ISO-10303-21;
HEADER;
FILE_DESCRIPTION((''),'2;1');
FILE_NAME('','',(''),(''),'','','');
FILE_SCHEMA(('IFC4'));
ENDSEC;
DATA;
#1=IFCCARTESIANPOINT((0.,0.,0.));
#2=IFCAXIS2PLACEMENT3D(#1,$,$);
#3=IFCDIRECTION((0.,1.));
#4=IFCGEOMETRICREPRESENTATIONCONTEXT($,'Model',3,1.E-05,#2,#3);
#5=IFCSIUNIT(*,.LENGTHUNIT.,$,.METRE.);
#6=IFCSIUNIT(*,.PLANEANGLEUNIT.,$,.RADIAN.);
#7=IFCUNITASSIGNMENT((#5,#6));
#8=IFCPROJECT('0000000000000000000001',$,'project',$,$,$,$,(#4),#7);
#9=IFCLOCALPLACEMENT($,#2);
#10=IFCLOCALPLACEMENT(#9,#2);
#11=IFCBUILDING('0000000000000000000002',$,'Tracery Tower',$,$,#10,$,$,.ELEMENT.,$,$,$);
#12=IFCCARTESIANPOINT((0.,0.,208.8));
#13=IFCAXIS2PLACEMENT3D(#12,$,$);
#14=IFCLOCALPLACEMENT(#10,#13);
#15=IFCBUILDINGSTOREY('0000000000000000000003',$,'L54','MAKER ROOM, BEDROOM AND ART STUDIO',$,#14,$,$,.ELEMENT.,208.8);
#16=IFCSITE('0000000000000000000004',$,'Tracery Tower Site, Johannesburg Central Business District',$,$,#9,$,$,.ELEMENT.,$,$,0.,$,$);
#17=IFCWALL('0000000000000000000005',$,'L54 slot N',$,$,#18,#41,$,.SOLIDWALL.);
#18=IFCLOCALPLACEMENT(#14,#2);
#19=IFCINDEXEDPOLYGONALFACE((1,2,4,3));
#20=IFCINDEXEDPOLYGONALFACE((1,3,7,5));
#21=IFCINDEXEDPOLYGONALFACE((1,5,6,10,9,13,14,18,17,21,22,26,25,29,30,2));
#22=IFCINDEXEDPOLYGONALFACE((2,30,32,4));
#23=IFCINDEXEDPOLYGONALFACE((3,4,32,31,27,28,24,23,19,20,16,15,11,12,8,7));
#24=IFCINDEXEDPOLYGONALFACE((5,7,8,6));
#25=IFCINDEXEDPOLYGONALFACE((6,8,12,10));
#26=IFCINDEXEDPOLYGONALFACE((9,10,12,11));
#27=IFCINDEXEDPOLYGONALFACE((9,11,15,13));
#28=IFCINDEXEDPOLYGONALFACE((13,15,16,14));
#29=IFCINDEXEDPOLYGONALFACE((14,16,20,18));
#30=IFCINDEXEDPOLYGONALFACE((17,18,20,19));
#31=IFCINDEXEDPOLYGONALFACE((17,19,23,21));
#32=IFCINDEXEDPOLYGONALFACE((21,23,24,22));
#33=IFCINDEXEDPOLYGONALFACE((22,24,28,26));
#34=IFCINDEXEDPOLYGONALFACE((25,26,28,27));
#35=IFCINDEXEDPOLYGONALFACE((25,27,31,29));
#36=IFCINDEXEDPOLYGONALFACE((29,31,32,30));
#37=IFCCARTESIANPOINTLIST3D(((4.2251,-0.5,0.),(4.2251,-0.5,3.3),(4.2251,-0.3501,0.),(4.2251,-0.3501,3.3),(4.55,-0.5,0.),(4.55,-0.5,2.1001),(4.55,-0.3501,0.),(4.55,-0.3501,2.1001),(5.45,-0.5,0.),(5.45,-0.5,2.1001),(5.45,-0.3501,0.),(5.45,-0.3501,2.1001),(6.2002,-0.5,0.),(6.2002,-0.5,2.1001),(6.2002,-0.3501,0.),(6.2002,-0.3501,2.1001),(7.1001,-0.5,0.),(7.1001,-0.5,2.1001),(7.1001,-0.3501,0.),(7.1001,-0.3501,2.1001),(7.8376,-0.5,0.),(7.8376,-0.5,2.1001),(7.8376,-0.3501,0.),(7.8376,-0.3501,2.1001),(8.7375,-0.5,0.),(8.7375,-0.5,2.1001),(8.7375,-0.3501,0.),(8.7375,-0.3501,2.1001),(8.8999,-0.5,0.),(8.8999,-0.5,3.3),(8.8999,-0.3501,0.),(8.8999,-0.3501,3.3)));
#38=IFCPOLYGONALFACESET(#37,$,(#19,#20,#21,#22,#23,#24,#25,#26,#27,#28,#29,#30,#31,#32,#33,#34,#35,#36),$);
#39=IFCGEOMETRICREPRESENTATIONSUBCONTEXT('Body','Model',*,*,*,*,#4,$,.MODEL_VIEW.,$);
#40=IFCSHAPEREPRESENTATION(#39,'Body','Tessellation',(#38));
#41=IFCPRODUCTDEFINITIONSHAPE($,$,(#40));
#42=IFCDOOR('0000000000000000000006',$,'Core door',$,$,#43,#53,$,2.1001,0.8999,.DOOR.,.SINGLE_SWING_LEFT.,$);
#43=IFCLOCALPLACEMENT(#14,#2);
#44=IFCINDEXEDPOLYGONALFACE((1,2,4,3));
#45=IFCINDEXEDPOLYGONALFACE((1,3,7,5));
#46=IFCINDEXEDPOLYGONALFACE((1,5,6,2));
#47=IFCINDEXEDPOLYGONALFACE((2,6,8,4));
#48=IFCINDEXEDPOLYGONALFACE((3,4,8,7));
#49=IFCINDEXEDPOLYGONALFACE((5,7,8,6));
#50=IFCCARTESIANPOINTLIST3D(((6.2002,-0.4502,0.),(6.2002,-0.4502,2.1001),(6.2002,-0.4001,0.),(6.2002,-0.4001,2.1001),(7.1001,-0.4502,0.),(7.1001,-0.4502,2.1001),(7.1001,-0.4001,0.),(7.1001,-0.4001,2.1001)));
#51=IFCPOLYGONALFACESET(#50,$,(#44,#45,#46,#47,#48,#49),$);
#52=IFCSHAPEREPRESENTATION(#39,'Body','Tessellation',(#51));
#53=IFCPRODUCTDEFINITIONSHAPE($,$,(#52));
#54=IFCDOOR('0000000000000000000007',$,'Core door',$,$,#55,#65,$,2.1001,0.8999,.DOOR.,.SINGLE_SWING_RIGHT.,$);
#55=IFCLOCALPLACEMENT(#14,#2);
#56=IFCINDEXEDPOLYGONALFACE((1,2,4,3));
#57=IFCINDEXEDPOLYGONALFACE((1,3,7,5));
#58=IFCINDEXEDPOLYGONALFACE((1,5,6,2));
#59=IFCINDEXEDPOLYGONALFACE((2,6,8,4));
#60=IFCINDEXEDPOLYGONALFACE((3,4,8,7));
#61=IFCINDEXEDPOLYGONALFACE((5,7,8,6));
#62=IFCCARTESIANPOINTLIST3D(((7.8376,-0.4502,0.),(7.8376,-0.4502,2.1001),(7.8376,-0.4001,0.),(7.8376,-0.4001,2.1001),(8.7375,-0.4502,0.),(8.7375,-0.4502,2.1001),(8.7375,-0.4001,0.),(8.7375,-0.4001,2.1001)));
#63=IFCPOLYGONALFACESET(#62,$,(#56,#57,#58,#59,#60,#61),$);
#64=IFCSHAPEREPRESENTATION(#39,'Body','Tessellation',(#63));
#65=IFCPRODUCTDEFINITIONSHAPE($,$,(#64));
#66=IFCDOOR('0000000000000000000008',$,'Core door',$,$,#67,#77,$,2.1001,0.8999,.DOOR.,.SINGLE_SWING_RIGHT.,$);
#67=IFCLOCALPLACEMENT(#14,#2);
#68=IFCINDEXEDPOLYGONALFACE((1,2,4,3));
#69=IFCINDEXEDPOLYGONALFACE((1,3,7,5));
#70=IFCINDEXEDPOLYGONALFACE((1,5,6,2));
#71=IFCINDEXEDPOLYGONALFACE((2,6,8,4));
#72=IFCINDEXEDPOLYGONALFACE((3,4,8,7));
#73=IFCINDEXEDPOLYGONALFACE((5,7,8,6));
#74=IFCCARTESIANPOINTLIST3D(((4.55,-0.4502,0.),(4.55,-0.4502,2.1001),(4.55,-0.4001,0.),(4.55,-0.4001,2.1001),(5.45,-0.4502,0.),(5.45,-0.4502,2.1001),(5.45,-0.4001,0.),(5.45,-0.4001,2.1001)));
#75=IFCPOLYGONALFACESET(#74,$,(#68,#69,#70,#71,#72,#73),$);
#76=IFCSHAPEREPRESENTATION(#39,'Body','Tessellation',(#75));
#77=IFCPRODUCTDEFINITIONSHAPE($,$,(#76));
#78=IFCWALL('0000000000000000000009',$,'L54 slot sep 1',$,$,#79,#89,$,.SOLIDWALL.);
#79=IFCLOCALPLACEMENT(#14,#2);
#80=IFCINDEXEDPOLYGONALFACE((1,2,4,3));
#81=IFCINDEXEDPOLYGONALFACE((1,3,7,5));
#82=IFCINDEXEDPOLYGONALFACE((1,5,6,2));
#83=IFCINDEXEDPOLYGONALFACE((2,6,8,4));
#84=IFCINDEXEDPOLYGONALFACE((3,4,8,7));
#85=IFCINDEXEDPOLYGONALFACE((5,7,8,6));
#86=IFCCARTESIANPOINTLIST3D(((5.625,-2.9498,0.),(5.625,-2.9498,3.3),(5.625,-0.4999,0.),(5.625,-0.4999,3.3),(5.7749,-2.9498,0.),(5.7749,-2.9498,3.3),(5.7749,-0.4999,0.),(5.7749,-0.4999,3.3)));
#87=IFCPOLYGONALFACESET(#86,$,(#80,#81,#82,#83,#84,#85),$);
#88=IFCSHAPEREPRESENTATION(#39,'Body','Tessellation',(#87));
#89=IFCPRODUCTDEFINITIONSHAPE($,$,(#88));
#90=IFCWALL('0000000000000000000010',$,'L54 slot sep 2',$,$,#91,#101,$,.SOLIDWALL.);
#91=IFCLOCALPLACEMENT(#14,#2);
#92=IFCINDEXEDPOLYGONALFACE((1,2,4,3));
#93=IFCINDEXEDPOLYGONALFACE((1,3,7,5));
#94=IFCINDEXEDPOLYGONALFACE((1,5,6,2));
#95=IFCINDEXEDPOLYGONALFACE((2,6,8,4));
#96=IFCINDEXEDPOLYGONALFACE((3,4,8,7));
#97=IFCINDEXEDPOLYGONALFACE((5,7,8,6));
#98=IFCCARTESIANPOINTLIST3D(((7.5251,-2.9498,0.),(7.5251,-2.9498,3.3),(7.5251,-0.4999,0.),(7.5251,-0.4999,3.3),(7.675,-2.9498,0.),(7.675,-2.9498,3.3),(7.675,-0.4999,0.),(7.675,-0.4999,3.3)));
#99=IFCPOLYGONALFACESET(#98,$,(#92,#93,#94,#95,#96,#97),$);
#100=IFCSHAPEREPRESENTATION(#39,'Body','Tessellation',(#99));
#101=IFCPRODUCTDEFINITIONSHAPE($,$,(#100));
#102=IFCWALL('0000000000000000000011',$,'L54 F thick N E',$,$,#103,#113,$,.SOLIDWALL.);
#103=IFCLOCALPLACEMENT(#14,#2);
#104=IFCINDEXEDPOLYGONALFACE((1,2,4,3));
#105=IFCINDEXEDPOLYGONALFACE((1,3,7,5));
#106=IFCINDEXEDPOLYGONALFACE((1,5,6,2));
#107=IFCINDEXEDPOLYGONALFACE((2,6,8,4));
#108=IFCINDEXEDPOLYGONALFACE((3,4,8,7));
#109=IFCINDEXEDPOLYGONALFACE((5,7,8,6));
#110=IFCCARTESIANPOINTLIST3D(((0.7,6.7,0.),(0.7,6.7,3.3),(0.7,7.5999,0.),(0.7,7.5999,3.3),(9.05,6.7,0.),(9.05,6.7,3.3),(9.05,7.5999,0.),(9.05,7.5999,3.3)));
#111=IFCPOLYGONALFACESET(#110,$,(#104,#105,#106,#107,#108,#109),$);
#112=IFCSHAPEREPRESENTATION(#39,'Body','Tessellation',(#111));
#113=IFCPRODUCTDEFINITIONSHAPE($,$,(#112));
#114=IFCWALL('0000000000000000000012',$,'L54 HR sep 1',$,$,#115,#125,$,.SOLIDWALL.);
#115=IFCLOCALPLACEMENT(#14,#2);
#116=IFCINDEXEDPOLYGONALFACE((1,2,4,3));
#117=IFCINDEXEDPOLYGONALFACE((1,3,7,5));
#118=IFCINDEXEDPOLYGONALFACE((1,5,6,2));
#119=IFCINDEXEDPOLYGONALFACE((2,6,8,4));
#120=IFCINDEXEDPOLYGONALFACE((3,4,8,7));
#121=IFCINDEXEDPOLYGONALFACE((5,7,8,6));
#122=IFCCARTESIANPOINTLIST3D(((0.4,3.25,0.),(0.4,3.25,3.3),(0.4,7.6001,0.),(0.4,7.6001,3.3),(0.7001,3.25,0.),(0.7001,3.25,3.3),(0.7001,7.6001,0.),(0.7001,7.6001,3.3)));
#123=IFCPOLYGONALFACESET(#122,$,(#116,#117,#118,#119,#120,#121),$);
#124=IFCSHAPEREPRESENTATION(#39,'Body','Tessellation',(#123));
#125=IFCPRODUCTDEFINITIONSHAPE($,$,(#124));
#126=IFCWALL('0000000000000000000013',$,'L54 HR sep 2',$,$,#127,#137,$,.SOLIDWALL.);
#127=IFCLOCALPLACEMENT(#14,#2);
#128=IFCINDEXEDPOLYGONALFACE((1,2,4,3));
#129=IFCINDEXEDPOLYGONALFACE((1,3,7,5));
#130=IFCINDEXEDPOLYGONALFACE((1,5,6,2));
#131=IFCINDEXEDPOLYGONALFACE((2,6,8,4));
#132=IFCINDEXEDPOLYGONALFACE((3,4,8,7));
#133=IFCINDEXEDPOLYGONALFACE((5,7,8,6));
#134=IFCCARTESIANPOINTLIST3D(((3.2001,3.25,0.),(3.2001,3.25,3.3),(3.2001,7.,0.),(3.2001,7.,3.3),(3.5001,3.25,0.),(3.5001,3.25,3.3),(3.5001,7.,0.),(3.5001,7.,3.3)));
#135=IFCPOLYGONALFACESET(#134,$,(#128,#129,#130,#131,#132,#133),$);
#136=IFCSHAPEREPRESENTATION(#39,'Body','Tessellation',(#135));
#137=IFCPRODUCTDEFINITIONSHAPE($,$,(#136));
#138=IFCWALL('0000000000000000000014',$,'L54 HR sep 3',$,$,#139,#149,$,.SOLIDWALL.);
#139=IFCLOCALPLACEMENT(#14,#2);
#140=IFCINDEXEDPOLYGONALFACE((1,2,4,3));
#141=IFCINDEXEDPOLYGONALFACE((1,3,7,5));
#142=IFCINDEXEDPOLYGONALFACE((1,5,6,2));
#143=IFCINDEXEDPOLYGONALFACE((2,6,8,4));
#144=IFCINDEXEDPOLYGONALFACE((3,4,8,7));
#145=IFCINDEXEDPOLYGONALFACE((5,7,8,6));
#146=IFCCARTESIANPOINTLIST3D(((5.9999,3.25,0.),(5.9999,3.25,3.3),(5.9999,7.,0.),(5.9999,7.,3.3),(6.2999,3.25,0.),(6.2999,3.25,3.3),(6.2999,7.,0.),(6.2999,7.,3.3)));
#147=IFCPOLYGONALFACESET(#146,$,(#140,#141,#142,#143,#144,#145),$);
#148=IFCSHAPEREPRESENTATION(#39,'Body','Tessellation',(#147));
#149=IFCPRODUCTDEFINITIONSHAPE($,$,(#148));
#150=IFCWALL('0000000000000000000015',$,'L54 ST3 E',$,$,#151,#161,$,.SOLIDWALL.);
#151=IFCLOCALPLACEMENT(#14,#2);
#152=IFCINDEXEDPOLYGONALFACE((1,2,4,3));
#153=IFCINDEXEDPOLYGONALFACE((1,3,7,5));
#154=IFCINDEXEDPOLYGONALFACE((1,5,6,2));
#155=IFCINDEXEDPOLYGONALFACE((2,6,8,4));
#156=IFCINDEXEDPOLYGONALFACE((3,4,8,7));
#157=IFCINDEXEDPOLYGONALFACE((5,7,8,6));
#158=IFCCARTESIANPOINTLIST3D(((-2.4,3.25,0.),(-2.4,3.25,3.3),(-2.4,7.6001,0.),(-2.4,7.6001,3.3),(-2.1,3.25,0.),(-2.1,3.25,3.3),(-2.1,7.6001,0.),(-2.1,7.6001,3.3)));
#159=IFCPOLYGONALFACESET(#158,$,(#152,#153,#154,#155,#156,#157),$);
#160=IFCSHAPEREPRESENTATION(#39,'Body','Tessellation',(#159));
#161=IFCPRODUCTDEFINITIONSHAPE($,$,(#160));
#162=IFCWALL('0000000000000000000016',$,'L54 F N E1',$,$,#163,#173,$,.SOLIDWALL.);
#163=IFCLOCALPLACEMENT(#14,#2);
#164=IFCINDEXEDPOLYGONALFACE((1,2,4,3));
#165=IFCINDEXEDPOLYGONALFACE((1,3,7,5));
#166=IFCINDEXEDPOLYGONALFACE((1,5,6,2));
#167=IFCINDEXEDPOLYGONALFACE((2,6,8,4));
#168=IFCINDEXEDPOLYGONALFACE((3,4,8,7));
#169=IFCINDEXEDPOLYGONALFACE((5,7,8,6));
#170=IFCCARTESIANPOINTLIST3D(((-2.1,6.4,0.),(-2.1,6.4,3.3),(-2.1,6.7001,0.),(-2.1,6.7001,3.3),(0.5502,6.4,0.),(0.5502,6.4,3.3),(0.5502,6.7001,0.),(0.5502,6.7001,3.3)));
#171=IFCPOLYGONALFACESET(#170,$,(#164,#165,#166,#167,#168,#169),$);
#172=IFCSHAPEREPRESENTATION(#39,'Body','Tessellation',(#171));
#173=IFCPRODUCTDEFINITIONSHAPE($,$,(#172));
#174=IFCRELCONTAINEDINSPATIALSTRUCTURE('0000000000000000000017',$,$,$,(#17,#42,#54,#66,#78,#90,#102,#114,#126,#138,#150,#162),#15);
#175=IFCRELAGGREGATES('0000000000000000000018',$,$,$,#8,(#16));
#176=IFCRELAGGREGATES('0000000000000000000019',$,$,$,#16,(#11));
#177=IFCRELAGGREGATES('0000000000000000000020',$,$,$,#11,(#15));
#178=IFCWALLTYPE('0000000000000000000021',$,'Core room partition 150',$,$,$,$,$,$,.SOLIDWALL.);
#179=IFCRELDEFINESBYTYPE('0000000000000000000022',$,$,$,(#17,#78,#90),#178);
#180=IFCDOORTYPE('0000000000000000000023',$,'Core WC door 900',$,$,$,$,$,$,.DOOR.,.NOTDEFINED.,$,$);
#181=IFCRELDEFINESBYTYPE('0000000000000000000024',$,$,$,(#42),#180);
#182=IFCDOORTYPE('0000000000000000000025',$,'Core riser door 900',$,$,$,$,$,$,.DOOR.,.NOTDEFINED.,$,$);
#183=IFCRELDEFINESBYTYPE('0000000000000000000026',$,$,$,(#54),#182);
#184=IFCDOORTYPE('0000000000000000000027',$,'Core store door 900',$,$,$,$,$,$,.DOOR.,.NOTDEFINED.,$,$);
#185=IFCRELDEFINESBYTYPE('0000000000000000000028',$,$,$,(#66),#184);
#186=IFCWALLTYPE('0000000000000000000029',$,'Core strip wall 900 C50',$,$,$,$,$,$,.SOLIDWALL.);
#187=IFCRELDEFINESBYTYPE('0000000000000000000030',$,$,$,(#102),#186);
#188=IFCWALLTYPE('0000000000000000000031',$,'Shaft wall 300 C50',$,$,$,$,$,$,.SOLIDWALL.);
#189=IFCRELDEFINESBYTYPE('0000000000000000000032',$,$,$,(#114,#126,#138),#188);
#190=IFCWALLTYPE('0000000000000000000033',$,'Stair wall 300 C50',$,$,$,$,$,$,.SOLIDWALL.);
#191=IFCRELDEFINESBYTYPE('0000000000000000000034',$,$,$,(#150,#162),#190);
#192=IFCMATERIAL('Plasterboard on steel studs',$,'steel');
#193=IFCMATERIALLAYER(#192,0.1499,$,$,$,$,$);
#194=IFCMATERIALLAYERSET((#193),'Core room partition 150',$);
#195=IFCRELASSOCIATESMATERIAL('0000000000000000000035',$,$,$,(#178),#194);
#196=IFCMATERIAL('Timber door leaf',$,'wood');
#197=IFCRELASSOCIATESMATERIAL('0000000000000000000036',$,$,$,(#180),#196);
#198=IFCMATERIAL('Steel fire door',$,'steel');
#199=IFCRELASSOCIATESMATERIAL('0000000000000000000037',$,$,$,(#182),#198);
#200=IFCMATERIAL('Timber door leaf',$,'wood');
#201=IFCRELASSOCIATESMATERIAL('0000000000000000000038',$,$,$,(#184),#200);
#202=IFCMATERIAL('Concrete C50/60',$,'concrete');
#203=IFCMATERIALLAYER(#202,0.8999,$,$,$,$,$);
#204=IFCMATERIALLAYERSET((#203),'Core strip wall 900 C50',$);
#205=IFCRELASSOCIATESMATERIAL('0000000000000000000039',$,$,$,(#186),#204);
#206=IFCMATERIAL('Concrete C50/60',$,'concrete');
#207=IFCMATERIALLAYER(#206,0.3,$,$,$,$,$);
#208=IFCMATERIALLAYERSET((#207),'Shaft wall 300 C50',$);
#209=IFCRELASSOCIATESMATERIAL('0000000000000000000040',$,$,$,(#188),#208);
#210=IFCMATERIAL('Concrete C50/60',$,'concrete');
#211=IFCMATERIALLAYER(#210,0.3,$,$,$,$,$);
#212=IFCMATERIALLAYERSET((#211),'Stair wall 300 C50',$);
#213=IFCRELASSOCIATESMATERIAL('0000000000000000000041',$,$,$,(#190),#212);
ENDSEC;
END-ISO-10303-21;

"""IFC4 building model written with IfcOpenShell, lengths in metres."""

from ifc_helpers import new_model, si_unit, direction, frame, frame_2d, origin, place, context, subcontext, project, spatial, rectangle, extrude, material, layer, layer_set, type_object, element, fill, save


model = new_model("IFC4")

# Units and contexts
model_context = context("Model", 3, precision=1e-05, world=origin(), true_north=direction((0.0, 1.0)))
body_context = subcontext(model_context, "Body", "Model", "MODEL_VIEW")
ifc_project = project(units=[si_unit("LENGTHUNIT", "METRE"), si_unit("PLANEANGLEUNIT", "RADIAN")], contexts=[model_context])

# Site, building, storey
site_placement = place(None, origin())
site = spatial("IfcSite", under=ifc_project, at=site_placement, Name="Tracery Tower Site, Johannesburg Central Business District", CompositionType="ELEMENT", RefElevation=0.0)
building_placement = place(site_placement, origin())
building = spatial("IfcBuilding", under=site, at=building_placement, Name="Tracery Tower", CompositionType="ELEMENT")
storey_placement = place(building_placement, frame((0.0, 0.0, 208.8)))
storey = spatial("IfcBuildingStorey", under=building, at=storey_placement, Name="L54", Description="MAKER ROOM, BEDROOM AND ART STUDIO", CompositionType="ELEMENT", Elevation=208.8)

# Wall, openings, doors
ifc_material_1 = material(Name="Plasterboard on steel studs", Category="steel")
ifc_layer_1 = layer(ifc_material_1, 0.1499)
ifc_layer_set_1 = layer_set([ifc_layer_1], Name="Core room partition 150")
wall_type_1 = type_object("IfcWallType", Name="Core room partition 150", PredefinedType="SOLIDWALL", material=ifc_layer_set_1)
wall_1_placement = place(storey_placement, frame((4.2251, -0.425, 0.0), z_axis=(0.0, 0.0, 1.0), x_axis=(1.0, 0.0, 0.0)))
wall_1 = element("IfcWall", 1, at=wall_1_placement, inside=storey, type_object=wall_type_1, Name="L54 slot N", PredefinedType="SOLIDWALL", context=body_context, shape_type="SweptSolid", body=[
    extrude(rectangle(XDim=4.6748, YDim=0.1499, at=frame_2d((2.3374, 0.0))), origin(), (0.0, 0.0, 1.0), 3.3),
])
opening_1_placement = place(wall_1_placement, frame((0.325, 0.0, 0.0)))
opening_1 = element("IfcOpeningElement", 2, at=opening_1_placement, cuts=wall_1, PredefinedType="OPENING", context=body_context, shape_type="SweptSolid", body=[
    extrude(rectangle(XDim=0.8999, YDim=2.1001, at=frame_2d((0.45, 1.05))), frame((0.0, 0.075, 0.0), z_axis=(0.0, -1.0, 0.0), x_axis=(1.0, 0.0, 0.0)), (0.0, 0.0, 1.0), 0.1499),
])
opening_2_placement = place(wall_1_placement, frame((1.9751, 0.0, 0.0)))
opening_2 = element("IfcOpeningElement", 3, at=opening_2_placement, cuts=wall_1, PredefinedType="OPENING", context=body_context, shape_type="SweptSolid", body=[
    extrude(rectangle(XDim=0.8999, YDim=2.1001, at=frame_2d((0.45, 1.05))), frame((0.0, 0.075, 0.0), z_axis=(0.0, -1.0, 0.0), x_axis=(1.0, 0.0, 0.0)), (0.0, 0.0, 1.0), 0.1499),
])
opening_3_placement = place(wall_1_placement, frame((3.6125, 0.0, 0.0)))
opening_3 = element("IfcOpeningElement", 4, at=opening_3_placement, cuts=wall_1, PredefinedType="OPENING", context=body_context, shape_type="SweptSolid", body=[
    extrude(rectangle(XDim=0.8999, YDim=2.1001, at=frame_2d((0.45, 1.05))), frame((0.0, 0.075, 0.0), z_axis=(0.0, -1.0, 0.0), x_axis=(1.0, 0.0, 0.0)), (0.0, 0.0, 1.0), 0.1499),
])
ifc_material_2 = material(Name="Timber door leaf", Category="wood")
door_type_1 = type_object("IfcDoorType", Name="Core WC door 900", OperationType="NOTDEFINED", PredefinedType="DOOR", material=ifc_material_2)
door_1_placement = place(opening_2_placement, origin())
door_1 = element("IfcDoor", 5, at=door_1_placement, inside=storey, type_object=door_type_1, Name="Core door", OperationType="SINGLE_SWING_LEFT", OverallHeight=2.1001, OverallWidth=0.8999, PredefinedType="DOOR", context=body_context, shape_type="SweptSolid", body=[
    extrude(rectangle(XDim=0.8999, YDim=2.1001, at=frame_2d((0.45, 1.05))), frame((0.0, 0.0249, 0.0), z_axis=(0.0, -1.0, 0.0), x_axis=(1.0, 0.0, 0.0)), (0.0, 0.0, 1.0), 0.05),
])
fill(opening_2, door_1)
ifc_material_3 = material(Name="Steel fire door", Category="steel")
door_type_2 = type_object("IfcDoorType", Name="Core riser door 900", OperationType="NOTDEFINED", PredefinedType="DOOR", material=ifc_material_3)
door_2_placement = place(opening_3_placement, origin())
door_2 = element("IfcDoor", 6, at=door_2_placement, inside=storey, type_object=door_type_2, Name="Core door", OperationType="SINGLE_SWING_RIGHT", OverallHeight=2.1001, OverallWidth=0.8999, PredefinedType="DOOR", context=body_context, shape_type="SweptSolid", body=[
    extrude(rectangle(XDim=0.8999, YDim=2.1001, at=frame_2d((0.45, 1.05))), frame((0.0, 0.0249, 0.0), z_axis=(0.0, -1.0, 0.0), x_axis=(1.0, 0.0, 0.0)), (0.0, 0.0, 1.0), 0.05),
])
fill(opening_3, door_2)
ifc_material_4 = material(Name="Timber door leaf", Category="wood")
door_type_3 = type_object("IfcDoorType", Name="Core store door 900", OperationType="NOTDEFINED", PredefinedType="DOOR", material=ifc_material_4)
door_3_placement = place(opening_1_placement, origin())
door_3 = element("IfcDoor", 7, at=door_3_placement, inside=storey, type_object=door_type_3, Name="Core door", OperationType="SINGLE_SWING_RIGHT", OverallHeight=2.1001, OverallWidth=0.8999, PredefinedType="DOOR", context=body_context, shape_type="SweptSolid", body=[
    extrude(rectangle(XDim=0.8999, YDim=2.1001, at=frame_2d((0.45, 1.05))), frame((0.0, 0.0249, 0.0), z_axis=(0.0, -1.0, 0.0), x_axis=(1.0, 0.0, 0.0)), (0.0, 0.0, 1.0), 0.05),
])
fill(opening_1, door_3)

# Walls
for number, where, z_axis, x_axis, name in (
    (8, (5.7, -2.95, 0.0), (0.0, 0.0, 1.0), (0.0, 1.0, 0.0), "L54 slot sep 1"),
    (9, (7.6001, -2.95, 0.0), (0.0, 0.0, 1.0), (0.0, 1.0, 0.0), "L54 slot sep 2"),
):
    element("IfcWall", number, at=place(storey_placement, frame(where, z_axis=z_axis, x_axis=x_axis)), inside=storey, type_object=wall_type_1, Name=name, PredefinedType="SOLIDWALL", context=body_context, shape_type="SweptSolid", body=[
        extrude(rectangle(XDim=2.45, YDim=0.1499, at=frame_2d((1.2251, 0.0))), origin(), (0.0, 0.0, 1.0), 3.3),
    ])
ifc_material_5 = material(Name="Concrete C50/60", Category="concrete")
ifc_layer_2 = layer(ifc_material_5, 0.8999)
ifc_layer_set_2 = layer_set([ifc_layer_2], Name="Core strip wall 900 C50")
wall_type_2 = type_object("IfcWallType", Name="Core strip wall 900 C50", PredefinedType="SOLIDWALL", material=ifc_layer_set_2)
wall_2_placement = place(storey_placement, frame((0.7, 7.1499, 0.0), z_axis=(0.0, 0.0, 1.0), x_axis=(1.0, 0.0, 0.0)))
element("IfcWall", 10, at=wall_2_placement, inside=storey, type_object=wall_type_2, Name="L54 F thick N E", PredefinedType="SOLIDWALL", context=body_context, shape_type="SweptSolid", body=[
    extrude(rectangle(XDim=8.3501, YDim=0.8999, at=frame_2d((4.175, 0.0))), origin(), (0.0, 0.0, 1.0), 3.3),
])
ifc_material_6 = material(Name="Concrete C50/60", Category="concrete")
ifc_layer_3 = layer(ifc_material_6, 0.3)
ifc_layer_set_3 = layer_set([ifc_layer_3], Name="Shaft wall 300 C50")
wall_type_3 = type_object("IfcWallType", Name="Shaft wall 300 C50", PredefinedType="SOLIDWALL", material=ifc_layer_set_3)
wall_3_placement = place(storey_placement, frame((0.55, 3.25, 0.0), z_axis=(0.0, 0.0, 1.0), x_axis=(0.0, 1.0, 0.0)))
element("IfcWall", 11, at=wall_3_placement, inside=storey, type_object=wall_type_3, Name="L54 HR sep 1", PredefinedType="SOLIDWALL", context=body_context, shape_type="SweptSolid", body=[
    extrude(rectangle(XDim=4.3501, YDim=0.3, at=frame_2d((2.175, 0.0))), origin(), (0.0, 0.0, 1.0), 3.3),
])
for number, where, z_axis, x_axis, name in (
    (12, (3.3501, 3.25, 0.0), (0.0, 0.0, 1.0), (0.0, 1.0, 0.0), "L54 HR sep 2"),
    (13, (6.1499, 3.25, 0.0), (0.0, 0.0, 1.0), (0.0, 1.0, 0.0), "L54 HR sep 3"),
):
    element("IfcWall", number, at=place(storey_placement, frame(where, z_axis=z_axis, x_axis=x_axis)), inside=storey, type_object=wall_type_3, Name=name, PredefinedType="SOLIDWALL", context=body_context, shape_type="SweptSolid", body=[
        extrude(rectangle(XDim=3.75, YDim=0.3, at=frame_2d((1.875, 0.0))), origin(), (0.0, 0.0, 1.0), 3.3),
    ])

# Walls
ifc_material_7 = material(Name="Concrete C50/60", Category="concrete")
ifc_layer_4 = layer(ifc_material_7, 0.3)
ifc_layer_set_4 = layer_set([ifc_layer_4], Name="Stair wall 300 C50")
wall_type_4 = type_object("IfcWallType", Name="Stair wall 300 C50", PredefinedType="SOLIDWALL", material=ifc_layer_set_4)
wall_4_placement = place(storey_placement, frame((-2.25, 3.25, 0.0), z_axis=(0.0, 0.0, 1.0), x_axis=(0.0, 1.0, 0.0)))
element("IfcWall", 14, at=wall_4_placement, inside=storey, type_object=wall_type_4, Name="L54 ST3 E", PredefinedType="SOLIDWALL", context=body_context, shape_type="SweptSolid", body=[
    extrude(rectangle(XDim=4.3501, YDim=0.3, at=frame_2d((2.175, 0.0))), origin(), (0.0, 0.0, 1.0), 3.3),
])
wall_5_placement = place(storey_placement, frame((-2.1001, 6.55, 0.0), z_axis=(0.0, 0.0, 1.0), x_axis=(1.0, 0.0, 0.0)))
element("IfcWall", 15, at=wall_5_placement, inside=storey, type_object=wall_type_4, Name="L54 F N E1", PredefinedType="SOLIDWALL", context=body_context, shape_type="SweptSolid", body=[
    extrude(rectangle(XDim=2.6501, YDim=0.3, at=frame_2d((1.3252, 0.0))), origin(), (0.0, 0.0, 1.0), 3.3),
])

save(model, "model.ifc")
